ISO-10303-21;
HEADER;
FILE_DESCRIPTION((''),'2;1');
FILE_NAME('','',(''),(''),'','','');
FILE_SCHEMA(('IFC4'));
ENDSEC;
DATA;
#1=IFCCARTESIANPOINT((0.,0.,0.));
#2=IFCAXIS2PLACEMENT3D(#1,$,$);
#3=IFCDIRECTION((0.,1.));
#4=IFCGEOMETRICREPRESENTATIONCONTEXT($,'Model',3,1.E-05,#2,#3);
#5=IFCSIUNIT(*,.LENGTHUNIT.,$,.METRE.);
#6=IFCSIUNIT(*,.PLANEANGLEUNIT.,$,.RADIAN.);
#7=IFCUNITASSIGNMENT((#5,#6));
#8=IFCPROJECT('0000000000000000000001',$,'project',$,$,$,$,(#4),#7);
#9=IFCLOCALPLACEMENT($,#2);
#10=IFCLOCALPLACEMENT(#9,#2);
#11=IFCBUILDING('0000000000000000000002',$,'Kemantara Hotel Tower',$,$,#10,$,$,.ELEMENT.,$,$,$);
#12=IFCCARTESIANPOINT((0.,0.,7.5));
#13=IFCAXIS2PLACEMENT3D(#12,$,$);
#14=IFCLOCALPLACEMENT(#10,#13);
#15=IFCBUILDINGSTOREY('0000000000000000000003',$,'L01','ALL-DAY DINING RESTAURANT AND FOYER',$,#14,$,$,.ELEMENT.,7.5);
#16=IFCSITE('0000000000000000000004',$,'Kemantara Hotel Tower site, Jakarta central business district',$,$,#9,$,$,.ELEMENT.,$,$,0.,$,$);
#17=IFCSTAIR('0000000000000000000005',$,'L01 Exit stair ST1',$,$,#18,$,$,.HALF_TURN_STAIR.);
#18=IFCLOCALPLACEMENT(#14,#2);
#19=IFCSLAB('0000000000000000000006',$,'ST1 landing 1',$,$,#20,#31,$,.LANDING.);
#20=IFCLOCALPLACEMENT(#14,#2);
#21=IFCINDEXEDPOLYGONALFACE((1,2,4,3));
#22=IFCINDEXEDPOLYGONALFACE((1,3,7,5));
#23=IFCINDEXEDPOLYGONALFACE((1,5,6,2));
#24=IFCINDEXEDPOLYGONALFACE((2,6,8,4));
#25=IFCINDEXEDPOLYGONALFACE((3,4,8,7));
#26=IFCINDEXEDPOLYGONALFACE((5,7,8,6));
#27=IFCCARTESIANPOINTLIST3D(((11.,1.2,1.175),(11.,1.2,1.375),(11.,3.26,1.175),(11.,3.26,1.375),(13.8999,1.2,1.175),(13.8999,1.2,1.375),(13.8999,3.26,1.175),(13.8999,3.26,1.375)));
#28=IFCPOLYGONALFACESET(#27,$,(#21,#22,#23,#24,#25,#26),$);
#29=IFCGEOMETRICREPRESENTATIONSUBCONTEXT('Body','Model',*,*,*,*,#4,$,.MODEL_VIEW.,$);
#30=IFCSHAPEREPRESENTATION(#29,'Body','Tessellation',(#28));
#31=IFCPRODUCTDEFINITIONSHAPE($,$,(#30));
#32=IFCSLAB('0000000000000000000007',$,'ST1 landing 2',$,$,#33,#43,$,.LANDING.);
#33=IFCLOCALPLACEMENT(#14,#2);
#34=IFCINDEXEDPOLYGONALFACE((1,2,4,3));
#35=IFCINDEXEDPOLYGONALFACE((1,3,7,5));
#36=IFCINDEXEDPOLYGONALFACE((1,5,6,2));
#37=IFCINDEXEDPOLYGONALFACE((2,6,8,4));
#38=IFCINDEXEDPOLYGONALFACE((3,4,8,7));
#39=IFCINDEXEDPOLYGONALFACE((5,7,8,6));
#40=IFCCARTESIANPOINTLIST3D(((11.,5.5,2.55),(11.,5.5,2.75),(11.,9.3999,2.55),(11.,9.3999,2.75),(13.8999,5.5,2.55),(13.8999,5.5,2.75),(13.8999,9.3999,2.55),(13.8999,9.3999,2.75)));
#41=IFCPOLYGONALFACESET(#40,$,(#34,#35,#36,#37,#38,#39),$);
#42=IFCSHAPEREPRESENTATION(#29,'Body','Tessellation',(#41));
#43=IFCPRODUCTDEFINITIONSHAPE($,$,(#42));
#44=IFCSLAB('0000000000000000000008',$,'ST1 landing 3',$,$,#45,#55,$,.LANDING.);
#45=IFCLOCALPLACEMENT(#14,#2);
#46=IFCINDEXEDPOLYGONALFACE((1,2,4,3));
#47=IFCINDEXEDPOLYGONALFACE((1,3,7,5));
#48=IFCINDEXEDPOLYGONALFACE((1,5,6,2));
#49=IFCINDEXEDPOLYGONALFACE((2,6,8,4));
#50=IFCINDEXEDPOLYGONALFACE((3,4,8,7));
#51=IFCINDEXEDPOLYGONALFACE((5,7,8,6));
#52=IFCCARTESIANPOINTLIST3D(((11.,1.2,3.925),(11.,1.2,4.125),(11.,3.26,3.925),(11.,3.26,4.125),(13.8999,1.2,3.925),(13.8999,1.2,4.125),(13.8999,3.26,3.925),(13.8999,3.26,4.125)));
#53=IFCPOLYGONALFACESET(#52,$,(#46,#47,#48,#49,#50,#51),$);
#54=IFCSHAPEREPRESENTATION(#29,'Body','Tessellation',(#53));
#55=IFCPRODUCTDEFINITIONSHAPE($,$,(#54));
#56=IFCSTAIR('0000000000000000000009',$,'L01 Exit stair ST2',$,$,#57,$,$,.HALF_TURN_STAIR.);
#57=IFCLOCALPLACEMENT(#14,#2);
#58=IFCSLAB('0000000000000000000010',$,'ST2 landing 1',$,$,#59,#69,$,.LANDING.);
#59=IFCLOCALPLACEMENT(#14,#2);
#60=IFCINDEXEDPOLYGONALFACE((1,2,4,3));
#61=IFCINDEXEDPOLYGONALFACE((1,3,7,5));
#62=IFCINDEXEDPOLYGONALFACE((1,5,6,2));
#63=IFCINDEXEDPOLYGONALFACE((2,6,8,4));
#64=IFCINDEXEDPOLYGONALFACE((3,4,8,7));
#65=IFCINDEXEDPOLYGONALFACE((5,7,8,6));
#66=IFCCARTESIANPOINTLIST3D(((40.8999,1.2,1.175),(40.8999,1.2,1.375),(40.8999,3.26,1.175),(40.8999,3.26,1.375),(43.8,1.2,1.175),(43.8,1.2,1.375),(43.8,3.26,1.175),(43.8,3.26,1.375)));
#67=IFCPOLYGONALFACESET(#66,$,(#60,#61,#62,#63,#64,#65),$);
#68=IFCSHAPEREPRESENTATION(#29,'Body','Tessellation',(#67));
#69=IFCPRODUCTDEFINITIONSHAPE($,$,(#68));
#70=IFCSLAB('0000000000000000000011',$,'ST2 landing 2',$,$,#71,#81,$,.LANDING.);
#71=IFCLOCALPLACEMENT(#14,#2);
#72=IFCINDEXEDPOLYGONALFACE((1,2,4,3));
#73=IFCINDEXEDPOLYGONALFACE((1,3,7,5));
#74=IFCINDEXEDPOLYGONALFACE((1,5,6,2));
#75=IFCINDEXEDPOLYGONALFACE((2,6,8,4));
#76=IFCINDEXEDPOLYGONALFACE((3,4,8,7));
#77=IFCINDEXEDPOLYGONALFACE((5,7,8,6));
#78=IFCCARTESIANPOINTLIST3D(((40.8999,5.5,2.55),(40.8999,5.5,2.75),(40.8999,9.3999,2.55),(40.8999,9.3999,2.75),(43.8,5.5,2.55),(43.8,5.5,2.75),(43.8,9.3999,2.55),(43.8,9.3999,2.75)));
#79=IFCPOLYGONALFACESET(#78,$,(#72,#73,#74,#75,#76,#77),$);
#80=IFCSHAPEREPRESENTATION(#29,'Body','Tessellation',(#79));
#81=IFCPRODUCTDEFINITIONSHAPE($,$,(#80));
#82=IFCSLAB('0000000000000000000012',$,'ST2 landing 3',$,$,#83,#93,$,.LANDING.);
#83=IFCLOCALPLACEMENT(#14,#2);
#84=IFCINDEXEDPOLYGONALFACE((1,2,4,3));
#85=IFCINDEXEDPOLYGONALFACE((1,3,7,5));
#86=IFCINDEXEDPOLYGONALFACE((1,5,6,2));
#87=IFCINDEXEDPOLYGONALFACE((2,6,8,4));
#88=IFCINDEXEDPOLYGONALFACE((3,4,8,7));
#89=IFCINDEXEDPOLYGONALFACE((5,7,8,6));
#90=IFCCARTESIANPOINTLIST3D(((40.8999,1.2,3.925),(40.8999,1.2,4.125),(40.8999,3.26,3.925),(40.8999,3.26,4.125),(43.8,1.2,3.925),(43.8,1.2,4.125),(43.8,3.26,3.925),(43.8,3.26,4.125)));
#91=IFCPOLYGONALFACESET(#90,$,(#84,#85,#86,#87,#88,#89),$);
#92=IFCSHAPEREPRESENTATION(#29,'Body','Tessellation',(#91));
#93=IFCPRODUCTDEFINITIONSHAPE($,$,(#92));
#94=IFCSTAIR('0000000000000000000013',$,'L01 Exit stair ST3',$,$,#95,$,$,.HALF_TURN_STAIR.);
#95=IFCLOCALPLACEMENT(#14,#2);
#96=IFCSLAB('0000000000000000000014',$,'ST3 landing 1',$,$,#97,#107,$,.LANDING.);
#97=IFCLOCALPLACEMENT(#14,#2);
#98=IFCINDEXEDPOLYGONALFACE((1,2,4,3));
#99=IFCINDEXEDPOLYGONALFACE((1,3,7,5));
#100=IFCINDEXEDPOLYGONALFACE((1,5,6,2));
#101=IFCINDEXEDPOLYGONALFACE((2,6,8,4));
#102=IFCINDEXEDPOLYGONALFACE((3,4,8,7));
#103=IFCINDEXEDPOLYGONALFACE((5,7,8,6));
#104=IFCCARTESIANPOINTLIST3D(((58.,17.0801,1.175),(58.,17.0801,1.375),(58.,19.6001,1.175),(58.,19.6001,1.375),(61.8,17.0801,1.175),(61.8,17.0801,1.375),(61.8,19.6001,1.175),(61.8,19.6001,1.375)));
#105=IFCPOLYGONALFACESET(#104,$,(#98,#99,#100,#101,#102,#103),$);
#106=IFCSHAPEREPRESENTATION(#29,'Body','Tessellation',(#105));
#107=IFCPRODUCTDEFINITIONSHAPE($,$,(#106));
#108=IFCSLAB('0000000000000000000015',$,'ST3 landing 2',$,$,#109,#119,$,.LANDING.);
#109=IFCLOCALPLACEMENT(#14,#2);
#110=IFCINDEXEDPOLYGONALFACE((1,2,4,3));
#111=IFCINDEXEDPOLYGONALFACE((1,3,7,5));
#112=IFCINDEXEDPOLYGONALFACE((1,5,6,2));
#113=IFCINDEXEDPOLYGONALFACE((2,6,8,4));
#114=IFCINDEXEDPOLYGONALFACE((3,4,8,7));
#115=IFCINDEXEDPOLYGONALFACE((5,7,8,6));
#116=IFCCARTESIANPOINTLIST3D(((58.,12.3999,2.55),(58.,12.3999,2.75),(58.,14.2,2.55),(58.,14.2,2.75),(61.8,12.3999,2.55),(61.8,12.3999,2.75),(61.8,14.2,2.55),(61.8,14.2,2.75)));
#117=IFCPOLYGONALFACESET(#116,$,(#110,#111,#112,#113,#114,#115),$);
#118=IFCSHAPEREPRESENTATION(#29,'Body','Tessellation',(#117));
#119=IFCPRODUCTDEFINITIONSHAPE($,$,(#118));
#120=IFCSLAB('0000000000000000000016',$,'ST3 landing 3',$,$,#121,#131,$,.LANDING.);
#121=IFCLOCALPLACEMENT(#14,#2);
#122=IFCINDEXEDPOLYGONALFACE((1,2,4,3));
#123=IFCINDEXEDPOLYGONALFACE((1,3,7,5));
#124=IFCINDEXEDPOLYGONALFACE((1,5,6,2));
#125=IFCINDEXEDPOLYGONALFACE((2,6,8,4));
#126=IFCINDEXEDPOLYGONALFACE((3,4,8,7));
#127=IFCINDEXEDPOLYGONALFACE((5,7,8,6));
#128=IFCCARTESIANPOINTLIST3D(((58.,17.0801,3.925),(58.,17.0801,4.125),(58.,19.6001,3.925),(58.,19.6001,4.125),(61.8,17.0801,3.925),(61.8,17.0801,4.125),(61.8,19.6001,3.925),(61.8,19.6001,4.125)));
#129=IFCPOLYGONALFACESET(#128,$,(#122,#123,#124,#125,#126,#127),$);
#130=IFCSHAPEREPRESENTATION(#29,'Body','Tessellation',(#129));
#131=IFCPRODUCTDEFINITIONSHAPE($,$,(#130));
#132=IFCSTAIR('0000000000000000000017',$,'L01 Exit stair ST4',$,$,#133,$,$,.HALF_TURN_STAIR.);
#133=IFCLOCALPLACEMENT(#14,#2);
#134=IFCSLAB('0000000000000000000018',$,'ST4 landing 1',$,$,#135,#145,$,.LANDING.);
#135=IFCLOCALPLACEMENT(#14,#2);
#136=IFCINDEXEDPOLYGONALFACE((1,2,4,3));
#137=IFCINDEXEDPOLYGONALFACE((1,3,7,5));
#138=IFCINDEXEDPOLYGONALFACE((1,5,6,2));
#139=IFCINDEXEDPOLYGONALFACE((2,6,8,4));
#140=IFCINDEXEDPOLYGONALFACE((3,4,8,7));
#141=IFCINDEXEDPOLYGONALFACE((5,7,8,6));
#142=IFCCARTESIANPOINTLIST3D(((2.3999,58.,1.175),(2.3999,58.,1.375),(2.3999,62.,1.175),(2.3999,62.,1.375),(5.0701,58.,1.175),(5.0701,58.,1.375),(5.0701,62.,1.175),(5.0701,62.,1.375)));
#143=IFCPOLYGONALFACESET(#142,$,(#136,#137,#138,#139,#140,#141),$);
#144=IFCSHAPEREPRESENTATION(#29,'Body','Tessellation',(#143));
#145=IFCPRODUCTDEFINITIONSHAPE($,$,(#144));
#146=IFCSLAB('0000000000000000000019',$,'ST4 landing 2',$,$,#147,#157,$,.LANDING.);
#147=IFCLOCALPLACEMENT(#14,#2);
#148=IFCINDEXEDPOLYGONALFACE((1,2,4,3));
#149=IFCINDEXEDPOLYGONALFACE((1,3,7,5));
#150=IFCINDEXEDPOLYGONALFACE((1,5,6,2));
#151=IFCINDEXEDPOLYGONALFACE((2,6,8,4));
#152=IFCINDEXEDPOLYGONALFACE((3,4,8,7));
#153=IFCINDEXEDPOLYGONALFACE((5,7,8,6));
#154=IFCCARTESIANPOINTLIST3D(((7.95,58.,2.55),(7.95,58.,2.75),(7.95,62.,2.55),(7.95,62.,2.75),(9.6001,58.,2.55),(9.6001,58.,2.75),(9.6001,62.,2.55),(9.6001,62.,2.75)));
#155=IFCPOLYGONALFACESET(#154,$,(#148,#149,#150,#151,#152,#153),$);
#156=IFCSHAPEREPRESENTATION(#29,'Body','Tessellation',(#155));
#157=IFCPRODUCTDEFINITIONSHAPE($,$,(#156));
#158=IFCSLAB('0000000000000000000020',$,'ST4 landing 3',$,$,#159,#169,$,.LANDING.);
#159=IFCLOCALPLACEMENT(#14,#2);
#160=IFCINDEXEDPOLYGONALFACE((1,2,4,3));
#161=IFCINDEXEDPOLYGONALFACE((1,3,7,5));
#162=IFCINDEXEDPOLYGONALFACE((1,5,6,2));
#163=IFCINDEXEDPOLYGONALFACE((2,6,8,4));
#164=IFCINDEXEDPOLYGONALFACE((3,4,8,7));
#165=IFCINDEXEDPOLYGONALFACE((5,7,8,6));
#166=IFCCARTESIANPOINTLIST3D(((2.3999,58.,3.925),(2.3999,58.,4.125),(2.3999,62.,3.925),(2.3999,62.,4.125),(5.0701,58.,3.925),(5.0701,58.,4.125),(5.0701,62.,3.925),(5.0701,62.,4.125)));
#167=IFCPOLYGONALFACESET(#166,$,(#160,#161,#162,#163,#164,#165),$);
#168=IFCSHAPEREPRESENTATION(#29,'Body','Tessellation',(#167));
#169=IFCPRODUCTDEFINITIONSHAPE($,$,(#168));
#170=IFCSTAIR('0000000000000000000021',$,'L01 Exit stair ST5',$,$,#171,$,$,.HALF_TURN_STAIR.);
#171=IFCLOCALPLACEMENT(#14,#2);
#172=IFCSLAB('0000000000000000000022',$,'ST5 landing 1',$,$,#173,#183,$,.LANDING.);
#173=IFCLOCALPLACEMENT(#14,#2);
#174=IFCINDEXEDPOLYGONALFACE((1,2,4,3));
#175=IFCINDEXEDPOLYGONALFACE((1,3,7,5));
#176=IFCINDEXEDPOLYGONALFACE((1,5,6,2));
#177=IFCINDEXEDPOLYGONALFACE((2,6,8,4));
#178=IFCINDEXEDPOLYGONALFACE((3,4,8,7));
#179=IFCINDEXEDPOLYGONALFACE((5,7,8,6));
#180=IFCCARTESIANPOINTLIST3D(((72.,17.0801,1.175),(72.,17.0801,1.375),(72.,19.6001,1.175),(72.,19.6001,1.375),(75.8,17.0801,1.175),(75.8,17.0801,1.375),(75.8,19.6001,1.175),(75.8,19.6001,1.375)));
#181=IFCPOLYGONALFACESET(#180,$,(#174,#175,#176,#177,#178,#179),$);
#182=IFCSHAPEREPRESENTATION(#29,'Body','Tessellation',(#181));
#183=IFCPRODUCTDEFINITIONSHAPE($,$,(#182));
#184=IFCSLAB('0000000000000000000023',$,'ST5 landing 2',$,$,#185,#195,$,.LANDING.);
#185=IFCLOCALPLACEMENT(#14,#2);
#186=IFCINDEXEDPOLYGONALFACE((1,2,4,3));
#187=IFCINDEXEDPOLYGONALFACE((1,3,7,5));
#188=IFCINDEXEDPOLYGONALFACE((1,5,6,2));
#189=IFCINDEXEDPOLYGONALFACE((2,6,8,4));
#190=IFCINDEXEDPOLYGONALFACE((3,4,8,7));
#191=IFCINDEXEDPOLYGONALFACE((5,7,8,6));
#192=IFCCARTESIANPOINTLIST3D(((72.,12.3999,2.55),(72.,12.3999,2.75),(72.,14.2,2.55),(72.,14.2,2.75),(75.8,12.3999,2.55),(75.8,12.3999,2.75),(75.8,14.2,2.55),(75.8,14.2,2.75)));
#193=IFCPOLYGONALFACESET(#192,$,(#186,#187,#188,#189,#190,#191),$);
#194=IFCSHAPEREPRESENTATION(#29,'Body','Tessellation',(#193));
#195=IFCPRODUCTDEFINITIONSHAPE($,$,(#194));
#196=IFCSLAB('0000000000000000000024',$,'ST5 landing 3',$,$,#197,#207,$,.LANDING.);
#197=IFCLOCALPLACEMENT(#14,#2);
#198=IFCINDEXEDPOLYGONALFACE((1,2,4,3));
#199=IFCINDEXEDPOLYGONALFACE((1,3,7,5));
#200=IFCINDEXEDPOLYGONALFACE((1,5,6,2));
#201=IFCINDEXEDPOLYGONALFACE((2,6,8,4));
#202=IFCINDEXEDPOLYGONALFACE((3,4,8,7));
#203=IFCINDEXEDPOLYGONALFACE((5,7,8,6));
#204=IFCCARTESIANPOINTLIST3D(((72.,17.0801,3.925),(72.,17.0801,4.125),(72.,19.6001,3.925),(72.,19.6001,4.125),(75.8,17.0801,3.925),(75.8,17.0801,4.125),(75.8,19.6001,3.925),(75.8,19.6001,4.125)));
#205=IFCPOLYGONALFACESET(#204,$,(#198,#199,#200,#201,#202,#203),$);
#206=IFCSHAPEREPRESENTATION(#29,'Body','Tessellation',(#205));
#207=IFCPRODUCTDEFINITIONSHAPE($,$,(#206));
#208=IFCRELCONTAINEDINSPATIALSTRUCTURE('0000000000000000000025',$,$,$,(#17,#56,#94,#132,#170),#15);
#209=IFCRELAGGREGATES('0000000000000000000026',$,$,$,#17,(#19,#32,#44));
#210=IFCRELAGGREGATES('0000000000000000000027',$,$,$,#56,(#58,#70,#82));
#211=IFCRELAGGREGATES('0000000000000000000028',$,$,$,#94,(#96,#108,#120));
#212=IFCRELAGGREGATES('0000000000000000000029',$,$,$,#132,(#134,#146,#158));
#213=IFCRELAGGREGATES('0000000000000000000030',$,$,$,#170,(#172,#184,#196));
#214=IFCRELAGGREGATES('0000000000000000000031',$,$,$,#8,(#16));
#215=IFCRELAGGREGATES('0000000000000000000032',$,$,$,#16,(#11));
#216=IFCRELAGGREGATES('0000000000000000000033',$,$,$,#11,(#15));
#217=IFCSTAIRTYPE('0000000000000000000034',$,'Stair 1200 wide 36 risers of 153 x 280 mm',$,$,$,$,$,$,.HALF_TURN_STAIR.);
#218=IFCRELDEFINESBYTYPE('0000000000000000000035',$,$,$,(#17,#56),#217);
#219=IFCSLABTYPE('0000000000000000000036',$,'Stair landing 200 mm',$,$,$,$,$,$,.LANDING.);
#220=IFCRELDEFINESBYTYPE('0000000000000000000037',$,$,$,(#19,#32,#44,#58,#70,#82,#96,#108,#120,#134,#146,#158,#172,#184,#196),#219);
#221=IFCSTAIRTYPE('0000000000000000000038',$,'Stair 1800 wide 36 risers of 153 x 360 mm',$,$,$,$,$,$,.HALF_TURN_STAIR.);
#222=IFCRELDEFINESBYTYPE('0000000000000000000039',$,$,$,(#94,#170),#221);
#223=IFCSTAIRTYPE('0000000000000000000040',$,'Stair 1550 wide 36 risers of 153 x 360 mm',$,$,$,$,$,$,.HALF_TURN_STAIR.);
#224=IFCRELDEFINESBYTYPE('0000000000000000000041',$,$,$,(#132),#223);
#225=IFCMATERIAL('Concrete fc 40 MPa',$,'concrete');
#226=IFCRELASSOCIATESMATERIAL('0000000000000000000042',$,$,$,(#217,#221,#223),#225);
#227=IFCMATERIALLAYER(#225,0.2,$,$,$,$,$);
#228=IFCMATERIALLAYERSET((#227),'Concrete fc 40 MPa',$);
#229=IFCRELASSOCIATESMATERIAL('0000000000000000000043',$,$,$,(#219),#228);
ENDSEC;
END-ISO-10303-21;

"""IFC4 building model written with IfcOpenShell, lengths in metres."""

from ifc_helpers import new_model, si_unit, direction, frame, origin, place, context, subcontext, project, spatial, polyline, outline, extrude, material, layer, layer_set, type_object, element, aggregate, save


model = new_model("IFC4")

# Units and contexts
model_context = context("Model", 3, precision=1e-05, world=origin(), true_north=direction((0.0, 1.0)))
body_context = subcontext(model_context, "Body", "Model", "MODEL_VIEW")
ifc_project = project(units=[si_unit("LENGTHUNIT", "METRE"), si_unit("PLANEANGLEUNIT", "RADIAN")], contexts=[model_context])

# Site, building, storey
site_placement = place(None, origin())
site = spatial("IfcSite", under=ifc_project, at=site_placement, Name="Kemantara Hotel Tower site, Jakarta central business district", CompositionType="ELEMENT", RefElevation=0.0)
building_placement = place(site_placement, origin())
building = spatial("IfcBuilding", under=site, at=building_placement, Name="Kemantara Hotel Tower", CompositionType="ELEMENT")
storey_placement = place(building_placement, frame((0.0, 0.0, 7.5)))
storey = spatial("IfcBuildingStorey", under=building, at=storey_placement, Name="L01", Description="ALL-DAY DINING RESTAURANT AND FOYER", CompositionType="ELEMENT", Elevation=7.5)

# Shared definitions
ifc_material_1 = material(Name="Concrete fc 40 MPa", Category="concrete")

# Stairs, slabs
stair_type_1 = type_object("IfcStairType", Name="Stair 1200 wide 36 risers of 153 x 280 mm", PredefinedType="HALF_TURN_STAIR", material=ifc_material_1)
stair_1_placement = place(storey_placement, origin())
stair_1 = element("IfcStair", 1, at=stair_1_placement, inside=storey, type_object=stair_type_1, Name="L01 Exit stair ST1", PredefinedType="HALF_TURN_STAIR")
ifc_layer_1 = layer(ifc_material_1, 0.2)
ifc_layer_set_1 = layer_set([ifc_layer_1], Name="Concrete fc 40 MPa")
slab_type_1 = type_object("IfcSlabType", Name="Stair landing 200 mm", PredefinedType="LANDING", material=ifc_layer_set_1)
slab_1_placement = place(storey_placement, frame((0.0, 0.0, 1.175)))
slab_1 = element("IfcSlab", 2, at=slab_1_placement, type_object=slab_type_1, Name="ST1 landing 1", PredefinedType="LANDING", context=body_context, shape_type="SweptSolid", body=[
    extrude(outline(polyline([(11.0, 3.26), (11.0, 1.2), (13.8999, 1.2), (13.8999, 3.26), (11.0, 3.26)])), origin(), (0.0, 0.0, 1.0), 0.2),
])
slab_2_placement = place(storey_placement, frame((0.0, 0.0, 2.55)))
slab_2 = element("IfcSlab", 3, at=slab_2_placement, type_object=slab_type_1, Name="ST1 landing 2", PredefinedType="LANDING", context=body_context, shape_type="SweptSolid", body=[
    extrude(outline(polyline([(11.0, 9.3999), (11.0, 5.5), (13.8999, 5.5), (13.8999, 9.3999), (11.0, 9.3999)])), origin(), (0.0, 0.0, 1.0), 0.2),
])
slab_3_placement = place(storey_placement, frame((0.0, 0.0, 3.925)))
slab_3 = element("IfcSlab", 4, at=slab_3_placement, type_object=slab_type_1, Name="ST1 landing 3", PredefinedType="LANDING", context=body_context, shape_type="SweptSolid", body=[
    extrude(outline(polyline([(11.0, 3.26), (11.0, 1.2), (13.8999, 1.2), (13.8999, 3.26), (11.0, 3.26)])), origin(), (0.0, 0.0, 1.0), 0.2),
])
aggregate(stair_1, [slab_1, slab_2, slab_3])
stair_2_placement = place(storey_placement, origin())
stair_2 = element("IfcStair", 5, at=stair_2_placement, inside=storey, type_object=stair_type_1, Name="L01 Exit stair ST2", PredefinedType="HALF_TURN_STAIR")
slab_4_placement = place(storey_placement, frame((0.0, 0.0, 1.175)))
slab_4 = element("IfcSlab", 6, at=slab_4_placement, type_object=slab_type_1, Name="ST2 landing 1", PredefinedType="LANDING", context=body_context, shape_type="SweptSolid", body=[
    extrude(outline(polyline([(40.8999, 3.26), (40.8999, 1.2), (43.8, 1.2), (43.8, 3.26), (40.8999, 3.26)])), origin(), (0.0, 0.0, 1.0), 0.2),
])
slab_5_placement = place(storey_placement, frame((0.0, 0.0, 2.55)))
slab_5 = element("IfcSlab", 7, at=slab_5_placement, type_object=slab_type_1, Name="ST2 landing 2", PredefinedType="LANDING", context=body_context, shape_type="SweptSolid", body=[
    extrude(outline(polyline([(40.8999, 9.3999), (40.8999, 5.5), (43.8, 5.5), (43.8, 9.3999), (40.8999, 9.3999)])), origin(), (0.0, 0.0, 1.0), 0.2),
])
slab_6_placement = place(storey_placement, frame((0.0, 0.0, 3.925)))
slab_6 = element("IfcSlab", 8, at=slab_6_placement, type_object=slab_type_1, Name="ST2 landing 3", PredefinedType="LANDING", context=body_context, shape_type="SweptSolid", body=[
    extrude(outline(polyline([(40.8999, 3.26), (40.8999, 1.2), (43.8, 1.2), (43.8, 3.26), (40.8999, 3.26)])), origin(), (0.0, 0.0, 1.0), 0.2),
])
aggregate(stair_2, [slab_4, slab_5, slab_6])
stair_type_2 = type_object("IfcStairType", Name="Stair 1800 wide 36 risers of 153 x 360 mm", PredefinedType="HALF_TURN_STAIR", material=ifc_material_1)
stair_3_placement = place(storey_placement, origin())
stair_3 = element("IfcStair", 9, at=stair_3_placement, inside=storey, type_object=stair_type_2, Name="L01 Exit stair ST3", PredefinedType="HALF_TURN_STAIR")
slab_7_placement = place(storey_placement, frame((0.0, 0.0, 1.175)))
slab_7 = element("IfcSlab", 10, at=slab_7_placement, type_object=slab_type_1, Name="ST3 landing 1", PredefinedType="LANDING", context=body_context, shape_type="SweptSolid", body=[
    extrude(outline(polyline([(61.8, 17.0801), (61.8, 19.6001), (58.0, 19.6001), (58.0, 17.0801), (61.8, 17.0801)])), origin(), (0.0, 0.0, 1.0), 0.2),
])
slab_8_placement = place(storey_placement, frame((0.0, 0.0, 2.55)))
slab_8 = element("IfcSlab", 11, at=slab_8_placement, type_object=slab_type_1, Name="ST3 landing 2", PredefinedType="LANDING", context=body_context, shape_type="SweptSolid", body=[
    extrude(outline(polyline([(61.8, 12.3999), (61.8, 14.2), (58.0, 14.2), (58.0, 12.3999), (61.8, 12.3999)])), origin(), (0.0, 0.0, 1.0), 0.2),
])
slab_9_placement = place(storey_placement, frame((0.0, 0.0, 3.925)))
slab_9 = element("IfcSlab", 12, at=slab_9_placement, type_object=slab_type_1, Name="ST3 landing 3", PredefinedType="LANDING", context=body_context, shape_type="SweptSolid", body=[
    extrude(outline(polyline([(61.8, 17.0801), (61.8, 19.6001), (58.0, 19.6001), (58.0, 17.0801), (61.8, 17.0801)])), origin(), (0.0, 0.0, 1.0), 0.2),
])
aggregate(stair_3, [slab_7, slab_8, slab_9])
stair_type_3 = type_object("IfcStairType", Name="Stair 1550 wide 36 risers of 153 x 360 mm", PredefinedType="HALF_TURN_STAIR", material=ifc_material_1)
stair_4_placement = place(storey_placement, origin())
stair_4 = element("IfcStair", 13, at=stair_4_placement, inside=storey, type_object=stair_type_3, Name="L01 Exit stair ST4", PredefinedType="HALF_TURN_STAIR")
slab_10_placement = place(storey_placement, frame((0.0, 0.0, 1.175)))
slab_10 = element("IfcSlab", 14, at=slab_10_placement, type_object=slab_type_1, Name="ST4 landing 1", PredefinedType="LANDING", context=body_context, shape_type="SweptSolid", body=[
    extrude(outline(polyline([(5.0701, 62.0), (2.3999, 62.0), (2.3999, 58.0), (5.0701, 58.0), (5.0701, 62.0)])), origin(), (0.0, 0.0, 1.0), 0.2),
])
slab_11_placement = place(storey_placement, frame((0.0, 0.0, 2.55)))
slab_11 = element("IfcSlab", 15, at=slab_11_placement, type_object=slab_type_1, Name="ST4 landing 2", PredefinedType="LANDING", context=body_context, shape_type="SweptSolid", body=[
    extrude(outline(polyline([(9.6001, 62.0), (7.95, 62.0), (7.95, 58.0), (9.6001, 58.0), (9.6001, 62.0)])), origin(), (0.0, 0.0, 1.0), 0.2),
])
slab_12_placement = place(storey_placement, frame((0.0, 0.0, 3.925)))
slab_12 = element("IfcSlab", 16, at=slab_12_placement, type_object=slab_type_1, Name="ST4 landing 3", PredefinedType="LANDING", context=body_context, shape_type="SweptSolid", body=[
    extrude(outline(polyline([(5.0701, 62.0), (2.3999, 62.0), (2.3999, 58.0), (5.0701, 58.0), (5.0701, 62.0)])), origin(), (0.0, 0.0, 1.0), 0.2),
])
aggregate(stair_4, [slab_10, slab_11, slab_12])
stair_5_placement = place(storey_placement, origin())
stair_5 = element("IfcStair", 17, at=stair_5_placement, inside=storey, type_object=stair_type_2, Name="L01 Exit stair ST5", PredefinedType="HALF_TURN_STAIR")
slab_13_placement = place(storey_placement, frame((0.0, 0.0, 1.175)))
slab_13 = element("IfcSlab", 18, at=slab_13_placement, type_object=slab_type_1, Name="ST5 landing 1", PredefinedType="LANDING", context=body_context, shape_type="SweptSolid", body=[
    extrude(outline(polyline([(75.8, 17.0801), (75.8, 19.6001), (72.0, 19.6001), (72.0, 17.0801), (75.8, 17.0801)])), origin(), (0.0, 0.0, 1.0), 0.2),
])
slab_14_placement = place(storey_placement, frame((0.0, 0.0, 2.55)))
slab_14 = element("IfcSlab", 19, at=slab_14_placement, type_object=slab_type_1, Name="ST5 landing 2", PredefinedType="LANDING", context=body_context, shape_type="SweptSolid", body=[
    extrude(outline(polyline([(75.8, 12.3999), (75.8, 14.2), (72.0, 14.2), (72.0, 12.3999), (75.8, 12.3999)])), origin(), (0.0, 0.0, 1.0), 0.2),
])
slab_15_placement = place(storey_placement, frame((0.0, 0.0, 3.925)))
slab_15 = element("IfcSlab", 20, at=slab_15_placement, type_object=slab_type_1, Name="ST5 landing 3", PredefinedType="LANDING", context=body_context, shape_type="SweptSolid", body=[
    extrude(outline(polyline([(75.8, 17.0801), (75.8, 19.6001), (72.0, 19.6001), (72.0, 17.0801), (75.8, 17.0801)])), origin(), (0.0, 0.0, 1.0), 0.2),
])
aggregate(stair_5, [slab_13, slab_14, slab_15])

save(model, "model.ifc")
